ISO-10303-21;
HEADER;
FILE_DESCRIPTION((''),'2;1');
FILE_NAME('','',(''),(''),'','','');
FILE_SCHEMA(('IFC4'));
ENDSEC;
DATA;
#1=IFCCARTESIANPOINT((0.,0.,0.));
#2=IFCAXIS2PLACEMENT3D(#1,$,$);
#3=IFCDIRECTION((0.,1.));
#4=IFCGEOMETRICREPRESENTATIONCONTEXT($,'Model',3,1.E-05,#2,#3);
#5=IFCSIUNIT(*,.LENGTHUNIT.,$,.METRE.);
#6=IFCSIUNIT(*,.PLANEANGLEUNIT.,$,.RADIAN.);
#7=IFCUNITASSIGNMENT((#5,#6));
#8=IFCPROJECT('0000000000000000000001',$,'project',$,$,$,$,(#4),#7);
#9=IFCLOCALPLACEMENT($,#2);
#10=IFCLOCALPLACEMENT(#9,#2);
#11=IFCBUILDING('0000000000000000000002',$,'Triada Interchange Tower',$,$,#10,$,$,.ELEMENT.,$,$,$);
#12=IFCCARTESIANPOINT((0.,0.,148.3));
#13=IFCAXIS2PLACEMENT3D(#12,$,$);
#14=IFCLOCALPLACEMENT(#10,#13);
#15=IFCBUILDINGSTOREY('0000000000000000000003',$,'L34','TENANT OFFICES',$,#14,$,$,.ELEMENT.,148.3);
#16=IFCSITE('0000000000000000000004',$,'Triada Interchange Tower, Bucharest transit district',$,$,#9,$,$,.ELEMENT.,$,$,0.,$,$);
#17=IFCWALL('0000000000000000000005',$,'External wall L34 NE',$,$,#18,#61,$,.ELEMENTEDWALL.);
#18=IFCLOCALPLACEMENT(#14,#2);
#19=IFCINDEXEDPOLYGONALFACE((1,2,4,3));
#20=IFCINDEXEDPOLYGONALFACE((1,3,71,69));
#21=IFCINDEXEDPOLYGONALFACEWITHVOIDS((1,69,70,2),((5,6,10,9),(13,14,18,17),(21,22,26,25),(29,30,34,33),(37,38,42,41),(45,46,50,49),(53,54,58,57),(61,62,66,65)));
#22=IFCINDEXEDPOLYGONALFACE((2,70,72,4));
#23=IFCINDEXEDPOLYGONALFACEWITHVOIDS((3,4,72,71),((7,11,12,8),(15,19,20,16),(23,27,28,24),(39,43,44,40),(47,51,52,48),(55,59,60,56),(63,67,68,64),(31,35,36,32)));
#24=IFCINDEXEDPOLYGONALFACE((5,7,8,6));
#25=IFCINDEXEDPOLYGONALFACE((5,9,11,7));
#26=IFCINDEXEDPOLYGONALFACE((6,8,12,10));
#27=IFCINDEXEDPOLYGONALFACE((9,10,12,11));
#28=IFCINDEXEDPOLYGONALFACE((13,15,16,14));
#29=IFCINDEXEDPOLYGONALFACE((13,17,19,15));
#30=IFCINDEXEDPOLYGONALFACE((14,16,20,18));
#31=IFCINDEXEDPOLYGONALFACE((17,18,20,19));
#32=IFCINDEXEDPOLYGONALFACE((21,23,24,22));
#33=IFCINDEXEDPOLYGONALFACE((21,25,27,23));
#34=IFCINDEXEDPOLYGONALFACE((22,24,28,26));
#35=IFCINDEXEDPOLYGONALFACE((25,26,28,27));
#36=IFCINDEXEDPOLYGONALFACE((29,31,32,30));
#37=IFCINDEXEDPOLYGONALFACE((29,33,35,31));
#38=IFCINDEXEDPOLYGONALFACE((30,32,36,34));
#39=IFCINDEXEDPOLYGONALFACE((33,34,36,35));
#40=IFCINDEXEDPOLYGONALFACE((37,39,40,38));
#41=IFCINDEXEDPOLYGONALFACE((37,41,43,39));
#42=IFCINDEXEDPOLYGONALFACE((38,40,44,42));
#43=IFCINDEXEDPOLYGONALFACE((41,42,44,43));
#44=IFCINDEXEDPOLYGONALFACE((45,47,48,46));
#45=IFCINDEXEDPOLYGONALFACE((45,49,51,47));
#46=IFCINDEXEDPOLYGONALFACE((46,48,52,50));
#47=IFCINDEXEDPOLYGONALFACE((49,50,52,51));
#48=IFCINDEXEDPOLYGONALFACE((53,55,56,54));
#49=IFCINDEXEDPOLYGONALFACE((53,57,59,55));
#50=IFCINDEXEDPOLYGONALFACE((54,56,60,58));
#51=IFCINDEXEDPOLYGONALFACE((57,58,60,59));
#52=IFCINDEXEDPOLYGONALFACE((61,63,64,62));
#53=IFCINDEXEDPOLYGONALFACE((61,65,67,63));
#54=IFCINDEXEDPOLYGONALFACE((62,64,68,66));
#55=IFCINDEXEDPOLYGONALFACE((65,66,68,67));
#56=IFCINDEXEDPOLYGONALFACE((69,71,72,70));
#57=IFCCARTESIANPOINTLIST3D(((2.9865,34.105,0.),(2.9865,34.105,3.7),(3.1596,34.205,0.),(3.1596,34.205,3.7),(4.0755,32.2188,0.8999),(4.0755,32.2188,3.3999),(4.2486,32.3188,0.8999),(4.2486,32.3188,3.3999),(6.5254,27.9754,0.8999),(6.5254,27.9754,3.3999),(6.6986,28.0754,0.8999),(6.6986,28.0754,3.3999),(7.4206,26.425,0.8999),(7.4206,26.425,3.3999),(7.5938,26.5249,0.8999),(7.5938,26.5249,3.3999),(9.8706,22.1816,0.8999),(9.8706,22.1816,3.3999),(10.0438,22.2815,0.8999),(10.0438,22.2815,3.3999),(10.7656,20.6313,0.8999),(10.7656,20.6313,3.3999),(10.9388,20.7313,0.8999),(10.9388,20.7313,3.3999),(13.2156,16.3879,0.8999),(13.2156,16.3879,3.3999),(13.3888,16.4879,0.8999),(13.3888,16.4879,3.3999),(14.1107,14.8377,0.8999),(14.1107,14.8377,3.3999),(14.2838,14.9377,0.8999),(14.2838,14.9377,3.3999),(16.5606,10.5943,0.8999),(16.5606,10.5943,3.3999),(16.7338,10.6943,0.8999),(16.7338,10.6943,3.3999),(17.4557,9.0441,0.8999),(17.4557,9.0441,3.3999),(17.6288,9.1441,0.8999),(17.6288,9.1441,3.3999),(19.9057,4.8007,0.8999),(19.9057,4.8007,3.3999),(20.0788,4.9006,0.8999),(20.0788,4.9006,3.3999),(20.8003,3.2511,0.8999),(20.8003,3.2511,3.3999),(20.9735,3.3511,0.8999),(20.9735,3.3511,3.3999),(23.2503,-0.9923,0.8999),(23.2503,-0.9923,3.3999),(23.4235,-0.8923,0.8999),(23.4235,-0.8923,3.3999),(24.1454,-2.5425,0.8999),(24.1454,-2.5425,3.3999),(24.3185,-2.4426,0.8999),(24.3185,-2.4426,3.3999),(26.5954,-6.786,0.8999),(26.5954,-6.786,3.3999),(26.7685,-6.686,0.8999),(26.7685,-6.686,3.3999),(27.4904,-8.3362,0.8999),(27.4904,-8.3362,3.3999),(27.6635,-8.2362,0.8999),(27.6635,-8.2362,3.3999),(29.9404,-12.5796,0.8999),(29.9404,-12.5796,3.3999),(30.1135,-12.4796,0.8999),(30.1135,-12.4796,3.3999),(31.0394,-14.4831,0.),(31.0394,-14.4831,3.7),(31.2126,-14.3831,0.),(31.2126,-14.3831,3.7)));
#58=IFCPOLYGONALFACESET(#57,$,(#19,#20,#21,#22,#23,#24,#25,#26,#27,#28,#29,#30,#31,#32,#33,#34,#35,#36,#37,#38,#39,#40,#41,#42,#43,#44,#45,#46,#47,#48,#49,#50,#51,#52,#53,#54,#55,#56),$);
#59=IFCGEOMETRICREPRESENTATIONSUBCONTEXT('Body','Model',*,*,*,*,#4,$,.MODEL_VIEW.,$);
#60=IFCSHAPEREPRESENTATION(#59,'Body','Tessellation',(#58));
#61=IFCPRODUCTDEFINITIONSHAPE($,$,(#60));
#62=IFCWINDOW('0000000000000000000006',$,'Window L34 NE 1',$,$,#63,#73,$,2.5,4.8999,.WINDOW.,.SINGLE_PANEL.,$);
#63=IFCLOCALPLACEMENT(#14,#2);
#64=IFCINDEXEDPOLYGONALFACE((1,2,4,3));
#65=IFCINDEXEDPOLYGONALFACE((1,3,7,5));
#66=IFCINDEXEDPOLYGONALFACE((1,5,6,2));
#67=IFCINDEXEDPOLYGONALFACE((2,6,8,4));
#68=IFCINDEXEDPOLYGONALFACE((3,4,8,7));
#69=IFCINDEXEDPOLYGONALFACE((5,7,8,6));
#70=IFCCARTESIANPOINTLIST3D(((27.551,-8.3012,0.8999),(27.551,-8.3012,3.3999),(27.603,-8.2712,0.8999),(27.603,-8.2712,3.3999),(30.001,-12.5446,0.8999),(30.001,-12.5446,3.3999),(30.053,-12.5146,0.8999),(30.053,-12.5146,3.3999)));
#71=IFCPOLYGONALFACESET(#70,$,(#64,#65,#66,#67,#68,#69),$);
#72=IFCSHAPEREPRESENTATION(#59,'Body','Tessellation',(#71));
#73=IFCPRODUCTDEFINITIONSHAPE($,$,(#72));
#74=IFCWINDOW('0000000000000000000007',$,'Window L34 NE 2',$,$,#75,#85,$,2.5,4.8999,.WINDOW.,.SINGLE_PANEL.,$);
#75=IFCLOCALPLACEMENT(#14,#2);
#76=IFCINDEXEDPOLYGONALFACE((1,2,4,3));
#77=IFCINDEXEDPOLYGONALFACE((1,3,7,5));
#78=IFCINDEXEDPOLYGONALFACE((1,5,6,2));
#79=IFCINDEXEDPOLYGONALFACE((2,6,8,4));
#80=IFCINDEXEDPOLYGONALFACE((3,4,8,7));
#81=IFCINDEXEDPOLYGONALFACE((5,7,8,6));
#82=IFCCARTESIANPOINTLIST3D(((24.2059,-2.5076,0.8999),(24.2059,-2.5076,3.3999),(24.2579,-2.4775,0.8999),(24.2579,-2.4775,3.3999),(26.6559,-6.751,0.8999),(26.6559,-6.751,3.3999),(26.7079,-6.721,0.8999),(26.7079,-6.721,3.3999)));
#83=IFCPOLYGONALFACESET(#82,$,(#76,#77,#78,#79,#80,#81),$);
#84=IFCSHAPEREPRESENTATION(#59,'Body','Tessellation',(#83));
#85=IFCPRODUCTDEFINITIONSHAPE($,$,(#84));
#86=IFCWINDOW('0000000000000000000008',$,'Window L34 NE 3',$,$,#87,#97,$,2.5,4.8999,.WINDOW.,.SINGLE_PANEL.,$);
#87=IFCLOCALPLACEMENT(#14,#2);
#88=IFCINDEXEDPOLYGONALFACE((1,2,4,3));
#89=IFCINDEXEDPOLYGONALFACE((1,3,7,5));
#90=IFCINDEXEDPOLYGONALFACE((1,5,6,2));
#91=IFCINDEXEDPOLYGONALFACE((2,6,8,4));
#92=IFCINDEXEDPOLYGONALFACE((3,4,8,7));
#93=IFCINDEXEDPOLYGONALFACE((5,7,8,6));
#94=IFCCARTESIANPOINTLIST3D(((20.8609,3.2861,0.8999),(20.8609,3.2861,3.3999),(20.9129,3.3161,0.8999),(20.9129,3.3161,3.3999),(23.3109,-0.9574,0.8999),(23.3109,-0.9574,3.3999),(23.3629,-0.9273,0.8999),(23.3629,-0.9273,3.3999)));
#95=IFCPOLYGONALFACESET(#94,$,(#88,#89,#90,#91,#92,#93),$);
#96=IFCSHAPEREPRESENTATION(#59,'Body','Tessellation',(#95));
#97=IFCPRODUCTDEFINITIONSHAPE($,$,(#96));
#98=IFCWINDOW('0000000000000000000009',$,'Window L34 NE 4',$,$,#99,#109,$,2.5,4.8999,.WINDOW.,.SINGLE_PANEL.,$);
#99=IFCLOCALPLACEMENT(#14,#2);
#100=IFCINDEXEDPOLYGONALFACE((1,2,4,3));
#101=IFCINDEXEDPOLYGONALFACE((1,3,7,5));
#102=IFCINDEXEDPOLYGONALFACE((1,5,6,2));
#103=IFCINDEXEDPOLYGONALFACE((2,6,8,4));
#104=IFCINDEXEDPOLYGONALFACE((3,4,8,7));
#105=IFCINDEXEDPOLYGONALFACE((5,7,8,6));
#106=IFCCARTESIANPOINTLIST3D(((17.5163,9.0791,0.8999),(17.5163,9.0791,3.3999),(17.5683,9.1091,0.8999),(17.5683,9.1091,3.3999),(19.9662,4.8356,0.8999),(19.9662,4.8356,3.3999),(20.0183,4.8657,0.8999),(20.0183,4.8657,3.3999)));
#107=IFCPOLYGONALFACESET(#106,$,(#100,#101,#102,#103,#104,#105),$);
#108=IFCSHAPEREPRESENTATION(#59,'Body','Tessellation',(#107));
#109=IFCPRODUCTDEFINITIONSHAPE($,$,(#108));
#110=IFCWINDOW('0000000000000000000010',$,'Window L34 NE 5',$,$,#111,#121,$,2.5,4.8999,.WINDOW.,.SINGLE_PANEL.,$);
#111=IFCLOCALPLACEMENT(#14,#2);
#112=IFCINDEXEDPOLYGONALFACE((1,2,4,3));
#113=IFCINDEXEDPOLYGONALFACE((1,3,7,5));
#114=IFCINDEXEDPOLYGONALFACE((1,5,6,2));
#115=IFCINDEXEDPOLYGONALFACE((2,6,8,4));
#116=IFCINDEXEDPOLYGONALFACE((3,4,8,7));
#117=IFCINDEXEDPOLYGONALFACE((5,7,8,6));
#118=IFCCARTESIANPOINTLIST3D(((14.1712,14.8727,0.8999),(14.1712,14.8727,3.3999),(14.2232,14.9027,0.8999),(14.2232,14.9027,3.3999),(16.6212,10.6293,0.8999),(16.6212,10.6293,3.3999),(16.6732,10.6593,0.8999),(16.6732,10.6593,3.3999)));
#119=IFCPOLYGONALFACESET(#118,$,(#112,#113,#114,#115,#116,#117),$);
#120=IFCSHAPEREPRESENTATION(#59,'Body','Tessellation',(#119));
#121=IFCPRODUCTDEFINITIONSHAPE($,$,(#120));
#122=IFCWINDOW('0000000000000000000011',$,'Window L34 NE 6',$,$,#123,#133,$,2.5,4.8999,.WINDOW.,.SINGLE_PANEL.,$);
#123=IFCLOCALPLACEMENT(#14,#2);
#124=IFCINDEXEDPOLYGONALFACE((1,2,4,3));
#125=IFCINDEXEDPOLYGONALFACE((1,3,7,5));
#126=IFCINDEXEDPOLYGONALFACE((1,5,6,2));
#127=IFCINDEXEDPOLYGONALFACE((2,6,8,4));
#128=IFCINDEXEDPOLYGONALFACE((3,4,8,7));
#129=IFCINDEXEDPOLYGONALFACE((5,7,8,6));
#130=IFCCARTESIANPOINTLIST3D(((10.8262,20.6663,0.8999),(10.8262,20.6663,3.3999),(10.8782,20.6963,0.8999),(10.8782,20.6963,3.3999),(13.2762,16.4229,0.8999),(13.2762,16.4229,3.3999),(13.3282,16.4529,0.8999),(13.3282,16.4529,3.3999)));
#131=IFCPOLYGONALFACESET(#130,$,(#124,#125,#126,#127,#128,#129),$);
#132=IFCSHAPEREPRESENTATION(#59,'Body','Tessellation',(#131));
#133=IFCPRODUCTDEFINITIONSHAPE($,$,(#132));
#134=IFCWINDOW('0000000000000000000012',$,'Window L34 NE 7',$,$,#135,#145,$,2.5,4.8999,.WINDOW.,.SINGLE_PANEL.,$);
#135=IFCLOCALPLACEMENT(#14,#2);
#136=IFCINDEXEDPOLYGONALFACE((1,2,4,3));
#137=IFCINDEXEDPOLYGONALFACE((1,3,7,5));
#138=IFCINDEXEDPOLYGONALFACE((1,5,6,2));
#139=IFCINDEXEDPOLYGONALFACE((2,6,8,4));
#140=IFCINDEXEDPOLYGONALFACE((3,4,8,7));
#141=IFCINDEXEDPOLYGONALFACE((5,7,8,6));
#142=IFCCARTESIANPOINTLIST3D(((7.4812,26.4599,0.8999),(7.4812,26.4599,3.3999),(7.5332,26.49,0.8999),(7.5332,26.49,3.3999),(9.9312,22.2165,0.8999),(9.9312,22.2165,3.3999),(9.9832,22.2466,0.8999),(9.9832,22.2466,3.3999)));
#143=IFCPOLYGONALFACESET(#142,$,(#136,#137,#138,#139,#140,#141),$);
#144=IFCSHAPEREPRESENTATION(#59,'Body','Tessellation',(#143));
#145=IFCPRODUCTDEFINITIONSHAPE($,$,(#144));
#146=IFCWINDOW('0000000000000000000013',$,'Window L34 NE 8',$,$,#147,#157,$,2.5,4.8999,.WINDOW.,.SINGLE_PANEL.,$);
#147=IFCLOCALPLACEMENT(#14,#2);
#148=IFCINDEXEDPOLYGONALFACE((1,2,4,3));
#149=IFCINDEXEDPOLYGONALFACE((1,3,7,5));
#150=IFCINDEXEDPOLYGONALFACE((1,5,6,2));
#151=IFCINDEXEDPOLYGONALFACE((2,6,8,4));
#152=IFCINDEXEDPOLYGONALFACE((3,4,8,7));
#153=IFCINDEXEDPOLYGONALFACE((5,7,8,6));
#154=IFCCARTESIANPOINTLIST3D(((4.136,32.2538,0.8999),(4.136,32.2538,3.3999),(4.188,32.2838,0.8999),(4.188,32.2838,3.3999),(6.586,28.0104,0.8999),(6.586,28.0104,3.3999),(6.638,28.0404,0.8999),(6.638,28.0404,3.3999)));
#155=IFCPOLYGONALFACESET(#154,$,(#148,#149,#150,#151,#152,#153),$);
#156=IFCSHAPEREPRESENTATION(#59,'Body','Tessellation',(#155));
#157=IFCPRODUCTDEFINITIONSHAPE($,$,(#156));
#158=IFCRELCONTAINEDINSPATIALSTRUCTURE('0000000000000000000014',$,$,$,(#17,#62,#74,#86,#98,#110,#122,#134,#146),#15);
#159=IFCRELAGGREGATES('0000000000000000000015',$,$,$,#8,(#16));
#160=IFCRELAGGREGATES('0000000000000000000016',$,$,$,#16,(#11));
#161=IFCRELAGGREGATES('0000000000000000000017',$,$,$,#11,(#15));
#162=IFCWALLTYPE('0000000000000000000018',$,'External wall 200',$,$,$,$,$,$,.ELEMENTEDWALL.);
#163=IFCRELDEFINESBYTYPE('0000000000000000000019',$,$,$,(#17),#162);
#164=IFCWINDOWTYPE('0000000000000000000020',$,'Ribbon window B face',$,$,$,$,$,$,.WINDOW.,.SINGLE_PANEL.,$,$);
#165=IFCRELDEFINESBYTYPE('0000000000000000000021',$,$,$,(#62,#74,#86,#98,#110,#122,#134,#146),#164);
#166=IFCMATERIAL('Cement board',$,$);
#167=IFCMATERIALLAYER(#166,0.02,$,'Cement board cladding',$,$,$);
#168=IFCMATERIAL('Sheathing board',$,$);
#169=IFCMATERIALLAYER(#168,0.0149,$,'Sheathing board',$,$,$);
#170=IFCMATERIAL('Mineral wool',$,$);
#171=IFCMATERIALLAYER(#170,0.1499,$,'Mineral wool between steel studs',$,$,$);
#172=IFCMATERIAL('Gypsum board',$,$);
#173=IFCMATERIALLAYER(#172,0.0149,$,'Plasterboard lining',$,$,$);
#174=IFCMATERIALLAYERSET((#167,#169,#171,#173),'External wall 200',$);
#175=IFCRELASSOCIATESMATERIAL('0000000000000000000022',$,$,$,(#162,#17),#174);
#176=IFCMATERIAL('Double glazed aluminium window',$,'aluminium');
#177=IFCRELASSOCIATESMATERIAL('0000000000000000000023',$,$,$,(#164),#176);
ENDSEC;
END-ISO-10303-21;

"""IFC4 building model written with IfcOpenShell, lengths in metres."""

from ifc_helpers import new_model, si_unit, direction, frame, frame_2d, origin, place, context, subcontext, project, spatial, rectangle, extrude, material, layer, layer_set, layer_usage, type_object, element, fill, save


model = new_model("IFC4")

# Units and contexts
model_context = context("Model", 3, precision=1e-05, world=origin(), true_north=direction((0.0, 1.0)))
body_context = subcontext(model_context, "Body", "Model", "MODEL_VIEW")
ifc_project = project(units=[si_unit("LENGTHUNIT", "METRE"), si_unit("PLANEANGLEUNIT", "RADIAN")], contexts=[model_context])

# Site, building, storey
site_placement = place(None, origin())
site = spatial("IfcSite", under=ifc_project, at=site_placement, Name="Triada Interchange Tower, Bucharest transit district", CompositionType="ELEMENT", RefElevation=0.0)
building_placement = place(site_placement, origin())
building = spatial("IfcBuilding", under=site, at=building_placement, Name="Triada Interchange Tower", CompositionType="ELEMENT")
storey_placement = place(building_placement, frame((0.0, 0.0, 148.3)))
storey = spatial("IfcBuildingStorey", under=building, at=storey_placement, Name="L34", Description="TENANT OFFICES", CompositionType="ELEMENT", Elevation=148.3)

# Shared definitions
ifc_material_1 = material(Name="Cement board")
ifc_layer_1 = layer(ifc_material_1, 0.02, Name="Cement board cladding")
ifc_material_2 = material(Name="Sheathing board")
ifc_layer_2 = layer(ifc_material_2, 0.0149, Name="Sheathing board")
ifc_material_3 = material(Name="Mineral wool")
ifc_layer_3 = layer(ifc_material_3, 0.1499, Name="Mineral wool between steel studs")
ifc_material_4 = material(Name="Gypsum board")
ifc_layer_4 = layer(ifc_material_4, 0.0149, Name="Plasterboard lining")
ifc_layer_set_1 = layer_set([ifc_layer_1, ifc_layer_2, ifc_layer_3, ifc_layer_4], Name="External wall 200")
ifc_layer_usage = layer_usage(ifc_layer_set_1, "AXIS2", "POSITIVE", -0.1001)
wall_type_1 = type_object("IfcWallType", Name="External wall 200", PredefinedType="ELEMENTEDWALL", material=ifc_layer_set_1)
ifc_material_5 = material(Name="Double glazed aluminium window", Category="aluminium")

# Wall, openings, windows
wall_1_placement = place(storey_placement, frame((31.126, -14.4331, 0.0), z_axis=(0.0, 0.0, 1.0), x_axis=(-0.500008, 0.866021, 0.0)))
wall_1 = element("IfcWall", 1, at=wall_1_placement, inside=storey, type_object=wall_type_1, material=ifc_layer_usage, Name="External wall L34 NE", PredefinedType="ELEMENTEDWALL", context=body_context, shape_type="SweptSolid", body=[
    extrude(rectangle(XDim=56.105, YDim=0.2, at=frame_2d((28.0525, 0.0))), origin(), (0.0, 0.0, 1.0), 3.7),
])
opening_1_placement = place(wall_1_placement, frame((2.198, 0.0, 0.8999)))
opening_1 = element("IfcOpeningElement", 2, at=opening_1_placement, cuts=wall_1, PredefinedType="OPENING", context=body_context, shape_type="SweptSolid", body=[
    extrude(rectangle(XDim=4.8999, YDim=2.5, at=frame_2d((2.45, 1.25))), frame((0.0, 0.1099, 0.0), z_axis=(0.0, -1.0, 0.0), x_axis=(1.0, 0.0, 0.0)), (0.0, 0.0, 1.0), 0.22),
])
opening_2_placement = place(wall_1_placement, frame((8.8879, 0.0, 0.8999)))
opening_2 = element("IfcOpeningElement", 3, at=opening_2_placement, cuts=wall_1, PredefinedType="OPENING", context=body_context, shape_type="SweptSolid", body=[
    extrude(rectangle(XDim=4.8999, YDim=2.5, at=frame_2d((2.45, 1.25))), frame((0.0, 0.1099, 0.0), z_axis=(0.0, -1.0, 0.0), x_axis=(1.0, 0.0, 0.0)), (0.0, 0.0, 1.0), 0.22),
])
opening_3_placement = place(wall_1_placement, frame((15.5779, 0.0, 0.8999)))
opening_3 = element("IfcOpeningElement", 4, at=opening_3_placement, cuts=wall_1, PredefinedType="OPENING", context=body_context, shape_type="SweptSolid", body=[
    extrude(rectangle(XDim=4.8999, YDim=2.5, at=frame_2d((2.45, 1.25))), frame((0.0, 0.1099, 0.0), z_axis=(0.0, -1.0, 0.0), x_axis=(1.0, 0.0, 0.0)), (0.0, 0.0, 1.0), 0.22),
])
opening_4_placement = place(wall_1_placement, frame((22.2671, 0.0, 0.8999)))
opening_4 = element("IfcOpeningElement", 5, at=opening_4_placement, cuts=wall_1, PredefinedType="OPENING", context=body_context, shape_type="SweptSolid", body=[
    extrude(rectangle(XDim=4.8999, YDim=2.5, at=frame_2d((2.45, 1.25))), frame((0.0, 0.1099, 0.0), z_axis=(0.0, -1.0, 0.0), x_axis=(1.0, 0.0, 0.0)), (0.0, 0.0, 1.0), 0.22),
])
opening_5_placement = place(wall_1_placement, frame((28.957, 0.0, 0.8999)))
opening_5 = element("IfcOpeningElement", 6, at=opening_5_placement, cuts=wall_1, PredefinedType="OPENING", context=body_context, shape_type="SweptSolid", body=[
    extrude(rectangle(XDim=4.8999, YDim=2.5, at=frame_2d((2.45, 1.25))), frame((0.0, 0.1099, 0.0), z_axis=(0.0, -1.0, 0.0), x_axis=(1.0, 0.0, 0.0)), (0.0, 0.0, 1.0), 0.22),
])
opening_6_placement = place(wall_1_placement, frame((35.647, 0.0, 0.8999)))
opening_6 = element("IfcOpeningElement", 7, at=opening_6_placement, cuts=wall_1, PredefinedType="OPENING", context=body_context, shape_type="SweptSolid", body=[
    extrude(rectangle(XDim=4.8999, YDim=2.5, at=frame_2d((2.45, 1.25))), frame((0.0, 0.1099, 0.0), z_axis=(0.0, -1.0, 0.0), x_axis=(1.0, 0.0, 0.0)), (0.0, 0.0, 1.0), 0.22),
])
opening_7_placement = place(wall_1_placement, frame((42.3369, 0.0, 0.8999)))
opening_7 = element("IfcOpeningElement", 8, at=opening_7_placement, cuts=wall_1, PredefinedType="OPENING", context=body_context, shape_type="SweptSolid", body=[
    extrude(rectangle(XDim=4.8999, YDim=2.5, at=frame_2d((2.45, 1.25))), frame((0.0, 0.1099, 0.0), z_axis=(0.0, -1.0, 0.0), x_axis=(1.0, 0.0, 0.0)), (0.0, 0.0, 1.0), 0.22),
])
opening_8_placement = place(wall_1_placement, frame((49.0271, 0.0, 0.8999)))
opening_8 = element("IfcOpeningElement", 9, at=opening_8_placement, cuts=wall_1, PredefinedType="OPENING", context=body_context, shape_type="SweptSolid", body=[
    extrude(rectangle(XDim=4.8999, YDim=2.5, at=frame_2d((2.45, 1.25))), frame((0.0, 0.1099, 0.0), z_axis=(0.0, -1.0, 0.0), x_axis=(1.0, 0.0, 0.0)), (0.0, 0.0, 1.0), 0.22),
])
window_type_1 = type_object("IfcWindowType", Name="Ribbon window B face", PartitioningType="SINGLE_PANEL", PredefinedType="WINDOW", material=ifc_material_5)
window_1_placement = place(opening_1_placement, origin())
window_1 = element("IfcWindow", 10, at=window_1_placement, inside=storey, type_object=window_type_1, Name="Window L34 NE 1", OverallHeight=2.5, OverallWidth=4.8999, PartitioningType="SINGLE_PANEL", PredefinedType="WINDOW", context=body_context, shape_type="SweptSolid", body=[
    extrude(rectangle(XDim=4.8999, YDim=2.5, at=frame_2d((2.45, 1.25))), frame((0.0, 0.03, 0.0), z_axis=(0.0, -1.0, 0.0), x_axis=(1.0, 0.0, 0.0)), (0.0, 0.0, 1.0), 0.0601),
])
fill(opening_1, window_1)
window_2_placement = place(opening_2_placement, origin())
window_2 = element("IfcWindow", 11, at=window_2_placement, inside=storey, type_object=window_type_1, Name="Window L34 NE 2", OverallHeight=2.5, OverallWidth=4.8999, PartitioningType="SINGLE_PANEL", PredefinedType="WINDOW", context=body_context, shape_type="SweptSolid", body=[
    extrude(rectangle(XDim=4.8999, YDim=2.5, at=frame_2d((2.45, 1.25))), frame((0.0, 0.03, 0.0), z_axis=(0.0, -1.0, 0.0), x_axis=(1.0, 0.0, 0.0)), (0.0, 0.0, 1.0), 0.0601),
])
fill(opening_2, window_2)
window_3_placement = place(opening_3_placement, origin())
window_3 = element("IfcWindow", 12, at=window_3_placement, inside=storey, type_object=window_type_1, Name="Window L34 NE 3", OverallHeight=2.5, OverallWidth=4.8999, PartitioningType="SINGLE_PANEL", PredefinedType="WINDOW", context=body_context, shape_type="SweptSolid", body=[
    extrude(rectangle(XDim=4.8999, YDim=2.5, at=frame_2d((2.45, 1.25))), frame((0.0, 0.03, 0.0), z_axis=(0.0, -1.0, 0.0), x_axis=(1.0, 0.0, 0.0)), (0.0, 0.0, 1.0), 0.0601),
])
fill(opening_3, window_3)
window_4_placement = place(opening_4_placement, origin())
window_4 = element("IfcWindow", 13, at=window_4_placement, inside=storey, type_object=window_type_1, Name="Window L34 NE 4", OverallHeight=2.5, OverallWidth=4.8999, PartitioningType="SINGLE_PANEL", PredefinedType="WINDOW", context=body_context, shape_type="SweptSolid", body=[
    extrude(rectangle(XDim=4.8999, YDim=2.5, at=frame_2d((2.45, 1.25))), frame((0.0, 0.03, 0.0), z_axis=(0.0, -1.0, 0.0), x_axis=(1.0, 0.0, 0.0)), (0.0, 0.0, 1.0), 0.0601),
])
fill(opening_4, window_4)
window_5_placement = place(opening_5_placement, origin())
window_5 = element("IfcWindow", 14, at=window_5_placement, inside=storey, type_object=window_type_1, Name="Window L34 NE 5", OverallHeight=2.5, OverallWidth=4.8999, PartitioningType="SINGLE_PANEL", PredefinedType="WINDOW", context=body_context, shape_type="SweptSolid", body=[
    extrude(rectangle(XDim=4.8999, YDim=2.5, at=frame_2d((2.45, 1.25))), frame((0.0, 0.03, 0.0), z_axis=(0.0, -1.0, 0.0), x_axis=(1.0, 0.0, 0.0)), (0.0, 0.0, 1.0), 0.0601),
])
fill(opening_5, window_5)
window_6_placement = place(opening_6_placement, origin())
window_6 = element("IfcWindow", 15, at=window_6_placement, inside=storey, type_object=window_type_1, Name="Window L34 NE 6", OverallHeight=2.5, OverallWidth=4.8999, PartitioningType="SINGLE_PANEL", PredefinedType="WINDOW", context=body_context, shape_type="SweptSolid", body=[
    extrude(rectangle(XDim=4.8999, YDim=2.5, at=frame_2d((2.45, 1.25))), frame((0.0, 0.03, 0.0), z_axis=(0.0, -1.0, 0.0), x_axis=(1.0, 0.0, 0.0)), (0.0, 0.0, 1.0), 0.0601),
])
fill(opening_6, window_6)
window_7_placement = place(opening_7_placement, origin())
window_7 = element("IfcWindow", 16, at=window_7_placement, inside=storey, type_object=window_type_1, Name="Window L34 NE 7", OverallHeight=2.5, OverallWidth=4.8999, PartitioningType="SINGLE_PANEL", PredefinedType="WINDOW", context=body_context, shape_type="SweptSolid", body=[
    extrude(rectangle(XDim=4.8999, YDim=2.5, at=frame_2d((2.45, 1.25))), frame((0.0, 0.03, 0.0), z_axis=(0.0, -1.0, 0.0), x_axis=(1.0, 0.0, 0.0)), (0.0, 0.0, 1.0), 0.0601),
])
fill(opening_7, window_7)
window_8_placement = place(opening_8_placement, origin())
window_8 = element("IfcWindow", 17, at=window_8_placement, inside=storey, type_object=window_type_1, Name="Window L34 NE 8", OverallHeight=2.5, OverallWidth=4.8999, PartitioningType="SINGLE_PANEL", PredefinedType="WINDOW", context=body_context, shape_type="SweptSolid", body=[
    extrude(rectangle(XDim=4.8999, YDim=2.5, at=frame_2d((2.45, 1.25))), frame((0.0, 0.03, 0.0), z_axis=(0.0, -1.0, 0.0), x_axis=(1.0, 0.0, 0.0)), (0.0, 0.0, 1.0), 0.0601),
])
fill(opening_8, window_8)

save(model, "model.ifc")
